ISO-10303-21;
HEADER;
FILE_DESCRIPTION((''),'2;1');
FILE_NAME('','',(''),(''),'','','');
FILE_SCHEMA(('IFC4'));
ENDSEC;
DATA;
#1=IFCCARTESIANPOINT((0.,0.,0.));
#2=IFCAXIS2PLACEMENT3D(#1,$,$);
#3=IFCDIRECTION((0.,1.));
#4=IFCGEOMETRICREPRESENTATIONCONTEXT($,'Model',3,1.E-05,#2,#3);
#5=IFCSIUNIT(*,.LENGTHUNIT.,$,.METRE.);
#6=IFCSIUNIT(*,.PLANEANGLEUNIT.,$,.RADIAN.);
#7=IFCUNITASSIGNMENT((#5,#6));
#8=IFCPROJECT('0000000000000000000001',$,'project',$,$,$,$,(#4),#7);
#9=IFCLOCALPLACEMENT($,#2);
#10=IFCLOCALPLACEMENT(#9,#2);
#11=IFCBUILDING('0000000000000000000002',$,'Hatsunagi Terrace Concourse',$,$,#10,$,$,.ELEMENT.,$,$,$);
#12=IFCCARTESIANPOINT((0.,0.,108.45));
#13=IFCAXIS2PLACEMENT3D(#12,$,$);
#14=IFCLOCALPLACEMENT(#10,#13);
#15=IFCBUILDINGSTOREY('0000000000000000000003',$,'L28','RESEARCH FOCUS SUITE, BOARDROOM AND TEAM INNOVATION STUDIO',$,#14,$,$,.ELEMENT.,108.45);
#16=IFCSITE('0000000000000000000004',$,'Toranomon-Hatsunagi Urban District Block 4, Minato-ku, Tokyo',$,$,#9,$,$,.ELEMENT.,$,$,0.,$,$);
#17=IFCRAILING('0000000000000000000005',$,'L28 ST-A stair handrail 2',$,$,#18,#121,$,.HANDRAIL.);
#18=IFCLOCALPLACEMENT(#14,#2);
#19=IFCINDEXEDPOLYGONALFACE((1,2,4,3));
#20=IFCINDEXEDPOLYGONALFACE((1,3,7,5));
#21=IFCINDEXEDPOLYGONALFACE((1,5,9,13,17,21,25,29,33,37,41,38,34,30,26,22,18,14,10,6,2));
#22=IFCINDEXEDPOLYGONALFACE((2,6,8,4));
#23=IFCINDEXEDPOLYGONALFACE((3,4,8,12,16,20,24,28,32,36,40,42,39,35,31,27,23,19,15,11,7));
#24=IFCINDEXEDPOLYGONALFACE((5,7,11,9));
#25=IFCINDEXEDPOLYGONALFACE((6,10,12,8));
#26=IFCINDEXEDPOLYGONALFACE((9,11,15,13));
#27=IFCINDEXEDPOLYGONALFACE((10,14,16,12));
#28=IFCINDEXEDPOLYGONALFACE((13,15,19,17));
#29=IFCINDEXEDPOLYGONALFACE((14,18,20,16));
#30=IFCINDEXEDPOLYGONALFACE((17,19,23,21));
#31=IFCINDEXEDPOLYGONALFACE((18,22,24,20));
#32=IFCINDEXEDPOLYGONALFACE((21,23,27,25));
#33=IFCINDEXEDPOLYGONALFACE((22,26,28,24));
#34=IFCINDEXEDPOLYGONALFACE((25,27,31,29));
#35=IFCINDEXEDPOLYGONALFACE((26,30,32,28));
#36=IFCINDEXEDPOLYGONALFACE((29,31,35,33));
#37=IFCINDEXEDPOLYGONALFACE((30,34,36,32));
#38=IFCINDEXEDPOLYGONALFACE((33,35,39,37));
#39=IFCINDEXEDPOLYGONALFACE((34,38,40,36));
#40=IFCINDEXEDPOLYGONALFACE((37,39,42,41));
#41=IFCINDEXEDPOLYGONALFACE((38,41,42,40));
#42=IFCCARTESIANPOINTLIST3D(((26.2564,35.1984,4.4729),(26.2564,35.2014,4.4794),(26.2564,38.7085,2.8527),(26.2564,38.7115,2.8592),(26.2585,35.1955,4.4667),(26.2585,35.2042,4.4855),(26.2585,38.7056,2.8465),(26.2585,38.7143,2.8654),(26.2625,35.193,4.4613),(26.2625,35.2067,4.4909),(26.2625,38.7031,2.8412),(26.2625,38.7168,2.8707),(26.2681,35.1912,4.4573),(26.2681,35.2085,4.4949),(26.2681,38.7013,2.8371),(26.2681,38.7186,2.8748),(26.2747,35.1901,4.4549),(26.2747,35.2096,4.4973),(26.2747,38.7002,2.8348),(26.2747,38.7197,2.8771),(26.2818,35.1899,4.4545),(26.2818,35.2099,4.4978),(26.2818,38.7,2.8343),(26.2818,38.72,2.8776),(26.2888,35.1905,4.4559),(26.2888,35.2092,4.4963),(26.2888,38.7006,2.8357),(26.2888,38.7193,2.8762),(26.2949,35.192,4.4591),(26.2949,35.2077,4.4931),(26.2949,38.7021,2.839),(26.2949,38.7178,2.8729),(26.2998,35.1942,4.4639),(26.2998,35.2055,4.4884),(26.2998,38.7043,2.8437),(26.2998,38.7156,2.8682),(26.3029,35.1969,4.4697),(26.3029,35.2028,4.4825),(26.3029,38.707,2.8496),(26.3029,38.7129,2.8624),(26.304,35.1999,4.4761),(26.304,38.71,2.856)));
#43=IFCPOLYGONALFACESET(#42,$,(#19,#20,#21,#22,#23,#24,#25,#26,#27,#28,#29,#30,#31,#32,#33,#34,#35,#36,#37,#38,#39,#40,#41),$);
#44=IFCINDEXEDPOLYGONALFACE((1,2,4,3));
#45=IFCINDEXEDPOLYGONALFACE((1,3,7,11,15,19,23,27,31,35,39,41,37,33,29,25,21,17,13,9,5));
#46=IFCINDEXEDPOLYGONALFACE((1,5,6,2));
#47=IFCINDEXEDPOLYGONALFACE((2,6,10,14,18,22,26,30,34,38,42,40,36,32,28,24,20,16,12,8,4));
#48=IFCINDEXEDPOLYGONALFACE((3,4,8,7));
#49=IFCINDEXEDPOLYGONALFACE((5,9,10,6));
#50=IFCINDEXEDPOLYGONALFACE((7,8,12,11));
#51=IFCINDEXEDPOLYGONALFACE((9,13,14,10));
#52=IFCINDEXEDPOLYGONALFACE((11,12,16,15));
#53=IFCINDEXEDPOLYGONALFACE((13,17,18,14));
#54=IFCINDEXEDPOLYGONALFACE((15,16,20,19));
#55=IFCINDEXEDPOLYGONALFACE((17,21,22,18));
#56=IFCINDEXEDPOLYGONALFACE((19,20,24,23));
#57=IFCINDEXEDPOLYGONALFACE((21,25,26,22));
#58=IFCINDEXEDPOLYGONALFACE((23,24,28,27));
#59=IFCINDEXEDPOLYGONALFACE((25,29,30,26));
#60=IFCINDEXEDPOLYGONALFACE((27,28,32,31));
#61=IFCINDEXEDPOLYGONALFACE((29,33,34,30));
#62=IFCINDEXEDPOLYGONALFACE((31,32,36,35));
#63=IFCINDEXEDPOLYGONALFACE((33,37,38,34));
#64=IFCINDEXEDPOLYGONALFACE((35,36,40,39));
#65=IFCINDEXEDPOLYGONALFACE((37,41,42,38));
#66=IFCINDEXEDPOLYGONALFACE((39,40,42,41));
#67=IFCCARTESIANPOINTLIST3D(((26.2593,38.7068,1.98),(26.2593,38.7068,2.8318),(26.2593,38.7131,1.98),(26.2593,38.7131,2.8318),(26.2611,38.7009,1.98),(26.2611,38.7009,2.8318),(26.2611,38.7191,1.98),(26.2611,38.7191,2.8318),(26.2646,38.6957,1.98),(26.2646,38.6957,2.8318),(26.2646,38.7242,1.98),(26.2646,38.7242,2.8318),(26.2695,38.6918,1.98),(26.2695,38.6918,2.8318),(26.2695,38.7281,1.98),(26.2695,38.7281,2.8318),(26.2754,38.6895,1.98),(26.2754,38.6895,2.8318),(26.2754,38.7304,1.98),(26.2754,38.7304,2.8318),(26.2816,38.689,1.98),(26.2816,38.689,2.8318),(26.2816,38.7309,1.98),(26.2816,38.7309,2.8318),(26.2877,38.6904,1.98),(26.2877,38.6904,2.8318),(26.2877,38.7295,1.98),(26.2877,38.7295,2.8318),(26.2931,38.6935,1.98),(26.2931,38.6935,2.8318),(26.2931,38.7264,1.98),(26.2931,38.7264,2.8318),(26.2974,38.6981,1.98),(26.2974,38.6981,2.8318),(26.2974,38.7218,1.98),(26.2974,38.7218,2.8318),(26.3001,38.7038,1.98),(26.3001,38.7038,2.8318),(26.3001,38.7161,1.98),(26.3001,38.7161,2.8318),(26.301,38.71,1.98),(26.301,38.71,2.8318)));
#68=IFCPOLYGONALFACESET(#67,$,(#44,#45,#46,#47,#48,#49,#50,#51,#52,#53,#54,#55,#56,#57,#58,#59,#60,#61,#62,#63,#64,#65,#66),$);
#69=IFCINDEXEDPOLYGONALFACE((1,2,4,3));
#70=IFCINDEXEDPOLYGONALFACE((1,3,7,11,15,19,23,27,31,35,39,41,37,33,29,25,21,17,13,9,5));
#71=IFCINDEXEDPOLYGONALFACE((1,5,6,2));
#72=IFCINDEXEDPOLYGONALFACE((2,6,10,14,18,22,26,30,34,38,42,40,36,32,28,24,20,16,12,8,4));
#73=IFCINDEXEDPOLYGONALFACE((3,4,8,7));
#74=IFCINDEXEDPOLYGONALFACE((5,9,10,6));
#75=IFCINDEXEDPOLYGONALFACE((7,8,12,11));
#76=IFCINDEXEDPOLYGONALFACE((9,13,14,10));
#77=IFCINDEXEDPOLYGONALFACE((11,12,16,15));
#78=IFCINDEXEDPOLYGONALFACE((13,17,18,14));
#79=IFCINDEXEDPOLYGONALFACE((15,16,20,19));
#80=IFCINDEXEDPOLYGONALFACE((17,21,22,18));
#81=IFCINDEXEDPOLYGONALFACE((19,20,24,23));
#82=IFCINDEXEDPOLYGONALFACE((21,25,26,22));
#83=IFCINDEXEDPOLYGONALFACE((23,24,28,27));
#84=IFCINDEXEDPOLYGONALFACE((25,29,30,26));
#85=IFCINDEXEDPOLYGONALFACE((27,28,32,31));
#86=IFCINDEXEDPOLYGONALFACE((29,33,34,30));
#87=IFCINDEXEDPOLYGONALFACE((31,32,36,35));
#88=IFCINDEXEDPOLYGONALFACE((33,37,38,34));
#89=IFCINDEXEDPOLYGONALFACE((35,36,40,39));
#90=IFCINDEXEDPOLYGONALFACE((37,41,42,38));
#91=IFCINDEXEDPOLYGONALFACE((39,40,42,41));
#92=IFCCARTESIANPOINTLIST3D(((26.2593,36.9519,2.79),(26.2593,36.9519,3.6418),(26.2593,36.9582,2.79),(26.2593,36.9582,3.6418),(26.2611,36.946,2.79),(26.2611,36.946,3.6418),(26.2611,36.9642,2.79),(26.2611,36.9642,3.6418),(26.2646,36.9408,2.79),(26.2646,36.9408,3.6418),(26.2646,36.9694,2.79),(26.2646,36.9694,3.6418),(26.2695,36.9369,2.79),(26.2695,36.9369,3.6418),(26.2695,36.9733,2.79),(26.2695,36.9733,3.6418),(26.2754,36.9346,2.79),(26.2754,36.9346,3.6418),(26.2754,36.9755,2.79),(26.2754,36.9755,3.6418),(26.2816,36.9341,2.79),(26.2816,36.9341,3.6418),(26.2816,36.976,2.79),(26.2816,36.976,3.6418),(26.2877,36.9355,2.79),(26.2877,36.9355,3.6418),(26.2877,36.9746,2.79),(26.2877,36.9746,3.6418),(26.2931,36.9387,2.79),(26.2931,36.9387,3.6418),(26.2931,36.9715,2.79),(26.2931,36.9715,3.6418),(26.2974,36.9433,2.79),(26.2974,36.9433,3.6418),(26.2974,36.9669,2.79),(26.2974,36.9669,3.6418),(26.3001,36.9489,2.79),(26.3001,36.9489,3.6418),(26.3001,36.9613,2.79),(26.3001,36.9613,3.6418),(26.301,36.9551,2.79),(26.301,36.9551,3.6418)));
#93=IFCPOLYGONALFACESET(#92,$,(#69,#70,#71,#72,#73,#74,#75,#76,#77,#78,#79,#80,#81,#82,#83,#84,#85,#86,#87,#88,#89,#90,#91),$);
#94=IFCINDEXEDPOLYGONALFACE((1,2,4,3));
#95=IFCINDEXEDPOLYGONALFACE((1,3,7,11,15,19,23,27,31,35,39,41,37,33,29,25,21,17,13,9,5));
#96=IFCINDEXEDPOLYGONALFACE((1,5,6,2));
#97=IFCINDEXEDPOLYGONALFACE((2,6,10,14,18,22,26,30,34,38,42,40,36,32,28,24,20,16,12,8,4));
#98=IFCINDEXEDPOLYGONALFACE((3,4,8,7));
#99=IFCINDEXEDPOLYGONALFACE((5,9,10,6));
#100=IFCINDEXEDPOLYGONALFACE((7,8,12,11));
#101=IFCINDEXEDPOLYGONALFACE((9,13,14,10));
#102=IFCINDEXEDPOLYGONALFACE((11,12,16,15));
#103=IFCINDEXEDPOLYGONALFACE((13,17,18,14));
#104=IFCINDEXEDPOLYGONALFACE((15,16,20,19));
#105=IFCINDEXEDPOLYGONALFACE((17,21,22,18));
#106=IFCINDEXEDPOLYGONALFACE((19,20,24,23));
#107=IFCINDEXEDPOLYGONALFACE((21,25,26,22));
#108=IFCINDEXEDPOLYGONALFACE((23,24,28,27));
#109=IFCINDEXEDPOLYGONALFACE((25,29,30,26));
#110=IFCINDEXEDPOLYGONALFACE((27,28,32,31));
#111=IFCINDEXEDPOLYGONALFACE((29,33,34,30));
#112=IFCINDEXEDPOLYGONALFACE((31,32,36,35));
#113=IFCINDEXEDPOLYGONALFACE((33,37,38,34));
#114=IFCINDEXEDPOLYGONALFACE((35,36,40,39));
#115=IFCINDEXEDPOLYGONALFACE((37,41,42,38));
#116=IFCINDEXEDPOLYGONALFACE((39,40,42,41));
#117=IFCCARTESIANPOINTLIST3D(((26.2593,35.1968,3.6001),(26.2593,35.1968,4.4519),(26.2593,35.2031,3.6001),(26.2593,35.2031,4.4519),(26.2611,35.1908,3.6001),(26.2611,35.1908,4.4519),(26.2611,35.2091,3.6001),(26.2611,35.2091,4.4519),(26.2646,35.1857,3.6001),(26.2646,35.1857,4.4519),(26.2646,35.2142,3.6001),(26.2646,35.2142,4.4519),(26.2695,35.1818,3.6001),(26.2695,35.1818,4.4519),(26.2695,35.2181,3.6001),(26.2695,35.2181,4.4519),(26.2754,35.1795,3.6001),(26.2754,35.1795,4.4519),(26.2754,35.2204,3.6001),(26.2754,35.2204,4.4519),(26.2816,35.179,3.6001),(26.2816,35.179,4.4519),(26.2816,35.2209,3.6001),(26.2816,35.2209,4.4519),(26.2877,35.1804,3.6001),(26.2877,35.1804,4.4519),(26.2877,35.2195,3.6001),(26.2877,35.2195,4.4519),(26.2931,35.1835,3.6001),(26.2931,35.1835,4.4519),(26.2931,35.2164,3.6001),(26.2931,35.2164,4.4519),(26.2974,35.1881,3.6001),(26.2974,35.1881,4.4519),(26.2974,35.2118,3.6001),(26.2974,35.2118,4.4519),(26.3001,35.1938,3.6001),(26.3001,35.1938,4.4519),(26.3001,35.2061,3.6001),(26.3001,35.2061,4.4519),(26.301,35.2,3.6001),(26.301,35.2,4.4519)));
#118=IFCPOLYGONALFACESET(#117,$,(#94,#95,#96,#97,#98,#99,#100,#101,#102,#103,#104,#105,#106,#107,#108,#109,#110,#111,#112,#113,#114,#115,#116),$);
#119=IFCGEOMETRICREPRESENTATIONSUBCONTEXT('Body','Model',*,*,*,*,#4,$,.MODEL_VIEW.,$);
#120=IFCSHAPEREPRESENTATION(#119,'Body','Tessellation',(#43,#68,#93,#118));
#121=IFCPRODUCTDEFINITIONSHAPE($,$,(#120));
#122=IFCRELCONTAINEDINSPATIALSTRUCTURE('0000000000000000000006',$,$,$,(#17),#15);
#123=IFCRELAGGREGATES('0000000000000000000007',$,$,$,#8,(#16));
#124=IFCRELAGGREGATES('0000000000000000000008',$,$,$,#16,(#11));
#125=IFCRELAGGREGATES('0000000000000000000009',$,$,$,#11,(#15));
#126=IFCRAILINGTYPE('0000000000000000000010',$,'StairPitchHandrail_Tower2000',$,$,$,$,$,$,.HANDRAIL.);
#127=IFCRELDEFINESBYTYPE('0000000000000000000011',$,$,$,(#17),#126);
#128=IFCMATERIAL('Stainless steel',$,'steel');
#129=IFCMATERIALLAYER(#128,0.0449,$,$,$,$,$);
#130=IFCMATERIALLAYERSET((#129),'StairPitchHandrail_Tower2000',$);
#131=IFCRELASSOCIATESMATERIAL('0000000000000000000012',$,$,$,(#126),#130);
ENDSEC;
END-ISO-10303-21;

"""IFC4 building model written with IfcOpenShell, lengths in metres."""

from ifc_helpers import new_model, si_unit, direction, frame, origin, origin_2d, place, context, subcontext, project, spatial, circle, extrude, material, layer, layer_set, type_object, element, save


model = new_model("IFC4")

# Units and contexts
model_context = context("Model", 3, precision=1e-05, world=origin(), true_north=direction((0.0, 1.0)))
body_context = subcontext(model_context, "Body", "Model", "MODEL_VIEW")
ifc_project = project(units=[si_unit("LENGTHUNIT", "METRE"), si_unit("PLANEANGLEUNIT", "RADIAN")], contexts=[model_context])

# Site, building, storey
site_placement = place(None, origin())
site = spatial("IfcSite", under=ifc_project, at=site_placement, Name="Toranomon-Hatsunagi Urban District Block 4, Minato-ku, Tokyo", CompositionType="ELEMENT", RefElevation=0.0)
building_placement = place(site_placement, origin())
building = spatial("IfcBuilding", under=site, at=building_placement, Name="Hatsunagi Terrace Concourse", CompositionType="ELEMENT")
storey_placement = place(building_placement, frame((0.0, 0.0, 108.45)))
storey = spatial("IfcBuildingStorey", under=building, at=storey_placement, Name="L28", Description="RESEARCH FOCUS SUITE, BOARDROOM AND TEAM INNOVATION STUDIO", CompositionType="ELEMENT", Elevation=108.45)

# Railing
ifc_material_1 = material(Name="Stainless steel", Category="steel")
ifc_layer_1 = layer(ifc_material_1, 0.0449)
ifc_layer_set_1 = layer_set([ifc_layer_1], Name="StairPitchHandrail_Tower2000")
railing_type_1 = type_object("IfcRailingType", Name="StairPitchHandrail_Tower2000", PredefinedType="HANDRAIL", material=ifc_layer_set_1)
railing_1_placement = place(storey_placement, frame((26.28, 38.71, 1.98)))
element("IfcRailing", 1, at=railing_1_placement, inside=storey, type_object=railing_type_1, Name="L28 ST-A stair handrail 2", PredefinedType="HANDRAIL", context=body_context, shape_type="SweptSolid", body=[
    extrude(circle(Radius=0.0239, at=origin_2d()), frame((0.0, 0.0, 0.876), z_axis=(0.0, -0.907948, 0.419082), x_axis=(1.0, 0.0, 0.0)), (0.0, 0.0, 1.0), 3.866),
    extrude(circle(Radius=0.021, at=origin_2d()), origin(), (0.0, 0.0, 1.0), 0.8518),
    extrude(circle(Radius=0.021, at=origin_2d()), frame((0.0, -1.7549, 0.8101)), (0.0, 0.0, 1.0), 0.8518),
    extrude(circle(Radius=0.021, at=origin_2d()), frame((0.0, -3.51, 1.6201)), (0.0, 0.0, 1.0), 0.8518),
])

save(model, "model.ifc")
